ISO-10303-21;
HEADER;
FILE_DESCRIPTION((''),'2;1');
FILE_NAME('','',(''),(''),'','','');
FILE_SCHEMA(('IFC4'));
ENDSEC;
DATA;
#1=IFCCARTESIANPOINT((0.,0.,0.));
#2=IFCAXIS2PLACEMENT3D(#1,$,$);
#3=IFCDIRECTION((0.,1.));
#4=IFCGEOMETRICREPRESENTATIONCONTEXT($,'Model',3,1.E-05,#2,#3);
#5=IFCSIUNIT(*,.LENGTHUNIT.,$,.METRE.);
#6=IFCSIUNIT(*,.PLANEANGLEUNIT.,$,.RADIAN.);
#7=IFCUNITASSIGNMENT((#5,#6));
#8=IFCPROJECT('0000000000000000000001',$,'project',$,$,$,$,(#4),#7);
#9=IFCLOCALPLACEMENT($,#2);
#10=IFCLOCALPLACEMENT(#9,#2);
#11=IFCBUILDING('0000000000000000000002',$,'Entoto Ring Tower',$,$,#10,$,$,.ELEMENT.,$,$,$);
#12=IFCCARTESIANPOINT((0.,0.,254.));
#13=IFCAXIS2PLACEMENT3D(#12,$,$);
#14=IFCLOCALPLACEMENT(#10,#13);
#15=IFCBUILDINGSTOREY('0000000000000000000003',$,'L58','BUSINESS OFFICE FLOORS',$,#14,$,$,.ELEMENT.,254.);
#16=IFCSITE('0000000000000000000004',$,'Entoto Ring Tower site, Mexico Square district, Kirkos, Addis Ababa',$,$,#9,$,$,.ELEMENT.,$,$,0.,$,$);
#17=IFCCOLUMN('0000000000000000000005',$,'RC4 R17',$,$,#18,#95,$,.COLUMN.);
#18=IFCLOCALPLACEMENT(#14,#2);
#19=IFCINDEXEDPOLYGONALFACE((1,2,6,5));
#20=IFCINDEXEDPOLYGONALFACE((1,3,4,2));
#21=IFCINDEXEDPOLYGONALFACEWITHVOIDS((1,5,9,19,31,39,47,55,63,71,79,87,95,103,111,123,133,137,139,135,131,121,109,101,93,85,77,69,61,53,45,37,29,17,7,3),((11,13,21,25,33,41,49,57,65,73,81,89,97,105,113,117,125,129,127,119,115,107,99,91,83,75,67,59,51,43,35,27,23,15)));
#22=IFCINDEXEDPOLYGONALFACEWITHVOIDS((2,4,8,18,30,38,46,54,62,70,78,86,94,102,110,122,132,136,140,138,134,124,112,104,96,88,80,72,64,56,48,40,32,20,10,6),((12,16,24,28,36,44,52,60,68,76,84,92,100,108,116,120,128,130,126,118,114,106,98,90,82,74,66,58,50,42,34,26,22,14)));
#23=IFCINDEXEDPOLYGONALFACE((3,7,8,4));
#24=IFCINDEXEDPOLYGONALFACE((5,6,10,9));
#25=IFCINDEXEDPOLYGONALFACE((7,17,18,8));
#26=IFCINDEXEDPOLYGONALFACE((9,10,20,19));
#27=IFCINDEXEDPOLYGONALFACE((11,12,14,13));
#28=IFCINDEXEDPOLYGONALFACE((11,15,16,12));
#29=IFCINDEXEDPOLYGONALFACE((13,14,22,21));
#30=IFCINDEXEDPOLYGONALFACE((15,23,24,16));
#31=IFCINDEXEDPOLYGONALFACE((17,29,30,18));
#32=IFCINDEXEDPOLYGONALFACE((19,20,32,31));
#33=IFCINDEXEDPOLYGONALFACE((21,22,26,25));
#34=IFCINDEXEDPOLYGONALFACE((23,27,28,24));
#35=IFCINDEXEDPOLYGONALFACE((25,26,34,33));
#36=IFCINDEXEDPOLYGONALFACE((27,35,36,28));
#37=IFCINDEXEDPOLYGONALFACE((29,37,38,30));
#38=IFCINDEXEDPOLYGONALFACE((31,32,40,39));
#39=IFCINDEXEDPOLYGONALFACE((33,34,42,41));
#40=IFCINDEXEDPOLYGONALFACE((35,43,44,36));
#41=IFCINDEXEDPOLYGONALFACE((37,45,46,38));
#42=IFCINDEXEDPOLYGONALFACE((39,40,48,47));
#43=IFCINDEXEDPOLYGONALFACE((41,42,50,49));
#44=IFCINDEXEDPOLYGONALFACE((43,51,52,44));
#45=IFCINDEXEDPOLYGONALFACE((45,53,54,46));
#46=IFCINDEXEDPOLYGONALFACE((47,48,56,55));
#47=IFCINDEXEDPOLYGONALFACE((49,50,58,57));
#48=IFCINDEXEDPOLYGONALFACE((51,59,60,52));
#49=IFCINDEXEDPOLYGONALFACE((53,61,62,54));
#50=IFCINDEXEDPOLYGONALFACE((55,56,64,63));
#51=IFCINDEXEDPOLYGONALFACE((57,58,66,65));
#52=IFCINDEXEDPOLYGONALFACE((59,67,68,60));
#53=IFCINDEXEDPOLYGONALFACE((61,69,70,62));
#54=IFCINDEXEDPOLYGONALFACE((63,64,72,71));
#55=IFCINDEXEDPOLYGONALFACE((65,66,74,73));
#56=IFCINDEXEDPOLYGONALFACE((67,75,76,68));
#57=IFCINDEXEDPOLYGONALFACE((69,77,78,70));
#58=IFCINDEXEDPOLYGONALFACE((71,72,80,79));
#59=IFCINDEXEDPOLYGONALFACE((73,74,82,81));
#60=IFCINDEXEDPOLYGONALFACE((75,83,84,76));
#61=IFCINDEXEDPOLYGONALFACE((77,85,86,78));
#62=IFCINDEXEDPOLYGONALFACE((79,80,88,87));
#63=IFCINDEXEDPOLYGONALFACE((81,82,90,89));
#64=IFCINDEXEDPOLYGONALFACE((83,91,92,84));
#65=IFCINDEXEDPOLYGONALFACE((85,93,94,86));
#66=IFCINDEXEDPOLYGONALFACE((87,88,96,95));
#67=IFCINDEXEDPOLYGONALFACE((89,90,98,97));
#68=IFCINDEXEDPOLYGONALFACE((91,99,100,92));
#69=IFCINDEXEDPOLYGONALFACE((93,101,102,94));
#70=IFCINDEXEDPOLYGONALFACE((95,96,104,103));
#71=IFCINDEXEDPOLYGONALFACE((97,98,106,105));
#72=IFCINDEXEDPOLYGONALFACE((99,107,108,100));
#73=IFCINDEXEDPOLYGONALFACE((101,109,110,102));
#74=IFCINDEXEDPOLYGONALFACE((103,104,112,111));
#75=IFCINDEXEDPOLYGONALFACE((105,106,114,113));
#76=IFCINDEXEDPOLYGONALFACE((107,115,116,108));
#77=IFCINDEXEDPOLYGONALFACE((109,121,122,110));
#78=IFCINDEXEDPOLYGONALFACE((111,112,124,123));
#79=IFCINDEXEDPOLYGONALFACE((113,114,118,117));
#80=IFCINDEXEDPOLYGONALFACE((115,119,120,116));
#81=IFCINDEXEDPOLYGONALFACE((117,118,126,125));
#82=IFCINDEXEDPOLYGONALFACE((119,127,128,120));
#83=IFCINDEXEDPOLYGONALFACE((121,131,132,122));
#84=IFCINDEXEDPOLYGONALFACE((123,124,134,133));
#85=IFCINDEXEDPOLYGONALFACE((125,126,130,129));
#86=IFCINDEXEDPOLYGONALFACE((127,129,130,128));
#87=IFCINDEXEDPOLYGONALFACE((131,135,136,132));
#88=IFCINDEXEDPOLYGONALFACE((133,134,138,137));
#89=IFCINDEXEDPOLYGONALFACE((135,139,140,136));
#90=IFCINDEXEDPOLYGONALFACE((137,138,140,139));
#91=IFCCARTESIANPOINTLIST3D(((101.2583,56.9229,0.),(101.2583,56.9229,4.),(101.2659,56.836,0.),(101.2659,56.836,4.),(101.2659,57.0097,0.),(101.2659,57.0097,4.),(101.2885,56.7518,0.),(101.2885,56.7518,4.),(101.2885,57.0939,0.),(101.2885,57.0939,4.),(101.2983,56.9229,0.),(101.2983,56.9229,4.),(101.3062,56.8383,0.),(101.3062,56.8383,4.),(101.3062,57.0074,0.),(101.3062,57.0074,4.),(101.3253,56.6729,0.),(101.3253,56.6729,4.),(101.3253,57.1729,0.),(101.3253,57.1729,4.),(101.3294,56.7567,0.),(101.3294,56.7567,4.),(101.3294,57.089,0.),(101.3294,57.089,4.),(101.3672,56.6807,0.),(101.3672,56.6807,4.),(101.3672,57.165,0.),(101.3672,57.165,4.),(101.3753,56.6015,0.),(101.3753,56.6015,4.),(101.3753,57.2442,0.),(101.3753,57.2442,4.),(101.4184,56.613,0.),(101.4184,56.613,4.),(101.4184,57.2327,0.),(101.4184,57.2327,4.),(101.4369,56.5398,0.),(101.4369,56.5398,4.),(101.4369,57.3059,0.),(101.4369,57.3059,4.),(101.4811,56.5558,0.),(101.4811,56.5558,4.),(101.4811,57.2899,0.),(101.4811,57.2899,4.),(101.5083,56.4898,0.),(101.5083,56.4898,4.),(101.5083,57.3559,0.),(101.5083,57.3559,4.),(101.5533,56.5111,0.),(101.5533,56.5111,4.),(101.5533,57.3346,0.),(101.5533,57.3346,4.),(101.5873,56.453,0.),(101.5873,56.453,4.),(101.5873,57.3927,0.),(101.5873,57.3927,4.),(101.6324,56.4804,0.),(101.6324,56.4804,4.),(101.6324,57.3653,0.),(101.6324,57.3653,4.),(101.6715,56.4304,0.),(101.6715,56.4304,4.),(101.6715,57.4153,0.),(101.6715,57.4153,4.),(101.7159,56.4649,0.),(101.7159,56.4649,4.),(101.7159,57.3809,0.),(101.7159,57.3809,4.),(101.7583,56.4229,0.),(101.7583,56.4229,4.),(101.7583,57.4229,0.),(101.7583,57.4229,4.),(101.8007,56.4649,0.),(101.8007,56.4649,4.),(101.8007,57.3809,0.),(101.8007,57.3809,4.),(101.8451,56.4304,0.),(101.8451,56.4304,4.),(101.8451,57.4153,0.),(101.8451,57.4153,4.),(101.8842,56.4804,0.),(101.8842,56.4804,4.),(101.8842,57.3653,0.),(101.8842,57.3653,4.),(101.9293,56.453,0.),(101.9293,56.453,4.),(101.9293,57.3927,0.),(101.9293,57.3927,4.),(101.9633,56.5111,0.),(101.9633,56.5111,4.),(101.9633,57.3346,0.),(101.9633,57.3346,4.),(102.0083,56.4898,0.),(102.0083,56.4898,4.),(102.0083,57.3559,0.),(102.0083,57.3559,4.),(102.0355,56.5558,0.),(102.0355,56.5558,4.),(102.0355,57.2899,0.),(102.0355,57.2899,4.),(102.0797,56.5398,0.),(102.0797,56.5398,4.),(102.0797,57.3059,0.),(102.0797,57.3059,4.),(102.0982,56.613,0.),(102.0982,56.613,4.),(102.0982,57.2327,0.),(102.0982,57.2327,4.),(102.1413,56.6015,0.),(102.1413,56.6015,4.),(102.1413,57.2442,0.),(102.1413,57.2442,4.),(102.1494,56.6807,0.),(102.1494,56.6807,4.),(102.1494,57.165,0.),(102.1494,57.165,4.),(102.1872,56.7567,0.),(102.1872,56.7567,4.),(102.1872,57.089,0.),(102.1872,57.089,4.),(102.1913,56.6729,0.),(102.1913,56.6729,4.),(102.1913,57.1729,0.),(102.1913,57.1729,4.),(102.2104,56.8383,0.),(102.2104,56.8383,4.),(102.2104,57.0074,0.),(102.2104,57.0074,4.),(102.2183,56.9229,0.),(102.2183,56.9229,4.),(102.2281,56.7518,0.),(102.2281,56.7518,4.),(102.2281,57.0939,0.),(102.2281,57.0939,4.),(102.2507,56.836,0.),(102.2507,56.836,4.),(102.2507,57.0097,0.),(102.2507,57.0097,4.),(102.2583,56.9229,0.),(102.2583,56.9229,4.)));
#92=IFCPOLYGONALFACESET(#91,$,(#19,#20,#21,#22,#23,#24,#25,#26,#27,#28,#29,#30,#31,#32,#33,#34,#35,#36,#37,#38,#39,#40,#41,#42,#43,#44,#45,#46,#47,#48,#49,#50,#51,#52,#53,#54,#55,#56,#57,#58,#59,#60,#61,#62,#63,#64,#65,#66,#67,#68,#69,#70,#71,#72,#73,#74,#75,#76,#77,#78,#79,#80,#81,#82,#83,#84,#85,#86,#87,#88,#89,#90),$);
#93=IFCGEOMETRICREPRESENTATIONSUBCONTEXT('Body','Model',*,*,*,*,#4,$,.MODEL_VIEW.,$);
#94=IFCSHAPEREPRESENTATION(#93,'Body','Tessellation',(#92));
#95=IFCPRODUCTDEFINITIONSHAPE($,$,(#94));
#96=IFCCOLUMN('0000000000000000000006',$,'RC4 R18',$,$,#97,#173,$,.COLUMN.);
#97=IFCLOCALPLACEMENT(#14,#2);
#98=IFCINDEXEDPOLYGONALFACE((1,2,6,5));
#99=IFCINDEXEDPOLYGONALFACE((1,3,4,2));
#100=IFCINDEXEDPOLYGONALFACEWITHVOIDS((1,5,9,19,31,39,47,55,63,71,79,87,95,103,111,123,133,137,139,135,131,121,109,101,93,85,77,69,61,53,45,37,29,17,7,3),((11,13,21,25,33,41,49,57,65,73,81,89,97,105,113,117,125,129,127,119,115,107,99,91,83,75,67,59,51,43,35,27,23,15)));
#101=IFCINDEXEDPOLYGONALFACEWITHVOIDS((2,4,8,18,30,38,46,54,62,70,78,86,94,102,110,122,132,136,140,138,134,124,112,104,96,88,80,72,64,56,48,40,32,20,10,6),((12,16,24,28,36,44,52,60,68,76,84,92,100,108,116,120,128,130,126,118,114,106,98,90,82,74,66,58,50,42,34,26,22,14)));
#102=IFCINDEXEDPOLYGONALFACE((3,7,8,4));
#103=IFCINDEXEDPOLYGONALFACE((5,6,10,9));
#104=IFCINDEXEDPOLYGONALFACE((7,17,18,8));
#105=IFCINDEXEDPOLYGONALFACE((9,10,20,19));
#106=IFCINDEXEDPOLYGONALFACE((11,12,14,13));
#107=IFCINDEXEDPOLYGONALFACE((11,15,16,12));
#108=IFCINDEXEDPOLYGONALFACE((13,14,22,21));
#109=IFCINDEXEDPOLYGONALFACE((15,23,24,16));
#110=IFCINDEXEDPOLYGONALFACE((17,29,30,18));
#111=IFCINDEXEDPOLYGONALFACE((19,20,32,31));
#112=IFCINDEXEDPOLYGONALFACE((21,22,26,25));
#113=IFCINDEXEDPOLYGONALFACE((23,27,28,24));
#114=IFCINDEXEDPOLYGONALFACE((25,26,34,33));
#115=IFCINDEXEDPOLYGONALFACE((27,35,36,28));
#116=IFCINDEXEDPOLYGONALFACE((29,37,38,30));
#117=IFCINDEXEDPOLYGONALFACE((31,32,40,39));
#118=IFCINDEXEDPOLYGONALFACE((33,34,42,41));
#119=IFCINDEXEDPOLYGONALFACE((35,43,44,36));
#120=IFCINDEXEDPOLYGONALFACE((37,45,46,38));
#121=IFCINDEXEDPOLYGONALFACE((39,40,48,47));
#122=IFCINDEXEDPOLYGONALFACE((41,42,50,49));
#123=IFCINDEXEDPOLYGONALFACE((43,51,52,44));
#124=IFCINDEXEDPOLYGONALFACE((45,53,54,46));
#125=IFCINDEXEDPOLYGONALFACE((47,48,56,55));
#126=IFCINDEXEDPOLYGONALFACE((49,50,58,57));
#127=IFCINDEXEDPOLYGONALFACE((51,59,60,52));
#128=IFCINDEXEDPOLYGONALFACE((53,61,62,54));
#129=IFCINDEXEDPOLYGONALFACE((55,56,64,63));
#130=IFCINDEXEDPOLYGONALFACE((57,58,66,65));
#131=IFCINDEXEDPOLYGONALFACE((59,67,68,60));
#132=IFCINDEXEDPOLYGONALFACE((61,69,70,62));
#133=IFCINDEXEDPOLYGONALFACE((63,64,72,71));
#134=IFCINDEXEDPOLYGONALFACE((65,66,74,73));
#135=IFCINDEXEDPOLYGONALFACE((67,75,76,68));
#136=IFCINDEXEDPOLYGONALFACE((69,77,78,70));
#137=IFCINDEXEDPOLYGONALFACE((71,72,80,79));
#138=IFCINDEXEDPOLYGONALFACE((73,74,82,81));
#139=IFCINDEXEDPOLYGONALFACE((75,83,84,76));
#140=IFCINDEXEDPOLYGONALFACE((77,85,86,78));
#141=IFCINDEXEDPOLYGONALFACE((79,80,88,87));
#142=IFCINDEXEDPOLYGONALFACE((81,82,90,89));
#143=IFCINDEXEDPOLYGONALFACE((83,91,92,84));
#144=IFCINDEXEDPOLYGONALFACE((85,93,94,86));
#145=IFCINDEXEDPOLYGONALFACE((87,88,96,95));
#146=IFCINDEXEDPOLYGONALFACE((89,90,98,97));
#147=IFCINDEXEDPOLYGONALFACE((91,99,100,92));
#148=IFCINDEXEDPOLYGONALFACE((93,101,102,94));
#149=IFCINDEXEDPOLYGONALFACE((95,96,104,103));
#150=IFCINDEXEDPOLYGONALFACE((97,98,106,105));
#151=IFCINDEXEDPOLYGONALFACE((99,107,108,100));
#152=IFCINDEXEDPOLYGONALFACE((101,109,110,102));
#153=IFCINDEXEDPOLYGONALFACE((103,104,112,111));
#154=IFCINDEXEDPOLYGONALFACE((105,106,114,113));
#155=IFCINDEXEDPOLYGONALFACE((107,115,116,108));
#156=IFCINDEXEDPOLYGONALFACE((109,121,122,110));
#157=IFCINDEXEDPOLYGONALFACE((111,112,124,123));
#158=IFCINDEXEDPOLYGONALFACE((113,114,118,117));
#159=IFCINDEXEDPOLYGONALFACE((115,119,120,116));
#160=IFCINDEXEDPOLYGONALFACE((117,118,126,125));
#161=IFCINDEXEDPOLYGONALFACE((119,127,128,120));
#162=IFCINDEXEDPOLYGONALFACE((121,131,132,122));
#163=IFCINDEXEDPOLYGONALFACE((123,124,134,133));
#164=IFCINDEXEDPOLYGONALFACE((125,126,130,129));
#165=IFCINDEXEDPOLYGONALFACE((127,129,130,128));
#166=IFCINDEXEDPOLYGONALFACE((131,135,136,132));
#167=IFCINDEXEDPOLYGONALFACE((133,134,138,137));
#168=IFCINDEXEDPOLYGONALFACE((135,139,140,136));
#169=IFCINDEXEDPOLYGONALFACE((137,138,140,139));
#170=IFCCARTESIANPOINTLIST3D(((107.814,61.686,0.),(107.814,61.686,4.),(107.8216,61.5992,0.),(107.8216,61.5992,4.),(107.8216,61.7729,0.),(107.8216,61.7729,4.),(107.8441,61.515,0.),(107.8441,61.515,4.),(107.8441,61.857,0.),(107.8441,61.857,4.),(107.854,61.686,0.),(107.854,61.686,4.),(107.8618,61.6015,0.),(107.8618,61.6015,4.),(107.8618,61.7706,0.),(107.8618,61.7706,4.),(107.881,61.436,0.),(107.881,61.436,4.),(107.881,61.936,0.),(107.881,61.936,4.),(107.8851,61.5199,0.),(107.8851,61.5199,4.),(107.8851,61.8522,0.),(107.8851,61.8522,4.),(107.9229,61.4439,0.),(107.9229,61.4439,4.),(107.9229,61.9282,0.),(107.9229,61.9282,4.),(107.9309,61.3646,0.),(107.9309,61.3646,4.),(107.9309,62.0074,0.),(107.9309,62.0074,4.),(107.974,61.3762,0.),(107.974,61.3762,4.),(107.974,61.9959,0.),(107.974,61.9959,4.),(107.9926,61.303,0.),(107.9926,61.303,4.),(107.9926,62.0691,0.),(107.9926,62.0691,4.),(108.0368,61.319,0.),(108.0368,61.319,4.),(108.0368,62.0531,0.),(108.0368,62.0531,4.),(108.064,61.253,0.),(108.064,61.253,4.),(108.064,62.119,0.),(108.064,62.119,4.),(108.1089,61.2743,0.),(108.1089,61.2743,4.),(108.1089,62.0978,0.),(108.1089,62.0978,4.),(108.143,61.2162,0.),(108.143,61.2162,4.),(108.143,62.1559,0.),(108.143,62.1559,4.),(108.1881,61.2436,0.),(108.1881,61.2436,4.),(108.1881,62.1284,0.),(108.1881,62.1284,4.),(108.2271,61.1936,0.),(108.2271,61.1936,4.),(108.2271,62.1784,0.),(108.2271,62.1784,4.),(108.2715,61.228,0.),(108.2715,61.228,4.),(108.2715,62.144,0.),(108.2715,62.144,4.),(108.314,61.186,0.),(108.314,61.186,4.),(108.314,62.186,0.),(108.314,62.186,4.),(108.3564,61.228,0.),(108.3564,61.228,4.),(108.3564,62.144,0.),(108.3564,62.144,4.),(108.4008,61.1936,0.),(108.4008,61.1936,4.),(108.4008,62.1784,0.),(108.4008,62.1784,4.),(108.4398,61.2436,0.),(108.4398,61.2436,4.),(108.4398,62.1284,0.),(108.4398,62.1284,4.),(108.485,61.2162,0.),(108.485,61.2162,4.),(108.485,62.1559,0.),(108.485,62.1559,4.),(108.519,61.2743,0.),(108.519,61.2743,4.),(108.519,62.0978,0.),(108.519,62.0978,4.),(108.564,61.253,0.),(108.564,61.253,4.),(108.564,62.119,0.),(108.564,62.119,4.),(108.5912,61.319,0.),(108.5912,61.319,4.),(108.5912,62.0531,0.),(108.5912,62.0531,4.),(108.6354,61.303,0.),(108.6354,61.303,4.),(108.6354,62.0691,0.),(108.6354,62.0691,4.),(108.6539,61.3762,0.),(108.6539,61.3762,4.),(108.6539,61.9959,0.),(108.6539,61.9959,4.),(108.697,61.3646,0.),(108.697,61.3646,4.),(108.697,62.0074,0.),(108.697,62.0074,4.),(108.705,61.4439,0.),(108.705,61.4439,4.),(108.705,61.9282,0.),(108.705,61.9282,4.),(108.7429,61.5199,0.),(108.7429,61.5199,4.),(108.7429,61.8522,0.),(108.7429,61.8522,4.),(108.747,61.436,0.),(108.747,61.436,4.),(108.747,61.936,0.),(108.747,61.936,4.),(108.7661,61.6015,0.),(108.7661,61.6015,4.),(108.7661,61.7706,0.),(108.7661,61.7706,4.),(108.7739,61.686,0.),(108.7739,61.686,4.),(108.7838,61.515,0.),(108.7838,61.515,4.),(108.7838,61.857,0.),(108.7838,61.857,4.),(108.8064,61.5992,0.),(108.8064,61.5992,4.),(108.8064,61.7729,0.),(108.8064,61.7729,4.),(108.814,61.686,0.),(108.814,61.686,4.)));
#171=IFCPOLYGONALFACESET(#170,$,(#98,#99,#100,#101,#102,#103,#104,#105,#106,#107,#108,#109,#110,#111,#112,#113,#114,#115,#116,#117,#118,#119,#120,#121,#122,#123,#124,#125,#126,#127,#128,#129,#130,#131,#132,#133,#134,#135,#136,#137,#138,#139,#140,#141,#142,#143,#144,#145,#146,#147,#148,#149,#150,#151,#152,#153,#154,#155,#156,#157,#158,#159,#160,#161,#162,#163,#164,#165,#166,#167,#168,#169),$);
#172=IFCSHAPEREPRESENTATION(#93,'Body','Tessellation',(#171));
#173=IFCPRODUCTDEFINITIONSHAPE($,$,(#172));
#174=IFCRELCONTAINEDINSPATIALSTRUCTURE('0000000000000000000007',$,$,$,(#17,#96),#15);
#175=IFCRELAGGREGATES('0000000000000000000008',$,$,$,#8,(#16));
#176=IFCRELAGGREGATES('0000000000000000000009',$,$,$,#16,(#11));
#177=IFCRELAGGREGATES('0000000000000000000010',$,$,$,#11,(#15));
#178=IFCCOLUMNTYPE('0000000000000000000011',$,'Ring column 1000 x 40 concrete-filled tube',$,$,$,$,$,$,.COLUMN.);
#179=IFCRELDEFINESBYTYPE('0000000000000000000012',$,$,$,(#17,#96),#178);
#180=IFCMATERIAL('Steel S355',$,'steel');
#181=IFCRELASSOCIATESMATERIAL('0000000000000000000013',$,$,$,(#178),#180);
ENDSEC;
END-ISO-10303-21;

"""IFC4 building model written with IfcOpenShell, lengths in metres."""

from ifc_helpers import new_model, si_unit, direction, frame, origin, origin_2d, place, context, subcontext, project, spatial, circle, hollow_circle, extrude, material, material_profile, profile_set, type_object, element, save


model = new_model("IFC4")

# Units and contexts
model_context = context("Model", 3, precision=1e-05, world=origin(), true_north=direction((0.0, 1.0)))
body_context = subcontext(model_context, "Body", "Model", "MODEL_VIEW")
ifc_project = project(units=[si_unit("LENGTHUNIT", "METRE"), si_unit("PLANEANGLEUNIT", "RADIAN")], contexts=[model_context])

# Site, building, storey
site_placement = place(None, origin())
site = spatial("IfcSite", under=ifc_project, at=site_placement, Name="Entoto Ring Tower site, Mexico Square district, Kirkos, Addis Ababa", CompositionType="ELEMENT", RefElevation=0.0)
building_placement = place(site_placement, origin())
building = spatial("IfcBuilding", under=site, at=building_placement, Name="Entoto Ring Tower", CompositionType="ELEMENT")
storey_placement = place(building_placement, frame((0.0, 0.0, 254.0)))
storey = spatial("IfcBuildingStorey", under=building, at=storey_placement, Name="L58", Description="BUSINESS OFFICE FLOORS", CompositionType="ELEMENT", Elevation=254.0)

# Columns
ifc_material_1 = material(Name="Steel S355", Category="steel")
ifc_material_profile_1 = material_profile(ifc_material_1, hollow_circle(Radius=0.5, WallThickness=0.04, at=origin_2d()), Name="CHS 1000 x 40")
ifc_material_2 = material(Name="Concrete C60/75", Category="concrete")
ifc_material_profile_2 = material_profile(ifc_material_2, circle(Radius=0.46, at=origin_2d()), Name="Concrete C60/75 infill")
ifc_profile_set_1 = profile_set([ifc_material_profile_1, ifc_material_profile_2], Name="Steel S355")
column_type = type_object("IfcColumnType", Name="Ring column 1000 x 40 concrete-filled tube", PredefinedType="COLUMN", material=ifc_profile_set_1)
for number, where, z_axis, x_axis, name in (
    (1, (101.7583, 56.9229, 0.0), (0.0, 0.0, 1.0), (1.0, 0.0, 0.0), "RC4 R17"),
    (2, (108.314, 61.686, 0.0), (0.0, 0.0, 1.0), (1.0, 0.0, 0.0), "RC4 R18"),
):
    element("IfcColumn", number, at=place(storey_placement, frame(where, z_axis=z_axis, x_axis=x_axis)), inside=storey, type_object=column_type, Name=name, PredefinedType="COLUMN", context=body_context, shape_type="SweptSolid", body=[
        extrude(hollow_circle(Radius=0.5, WallThickness=0.04, at=origin_2d()), origin(), (0.0, 0.0, 1.0), 4.0),
    ])

save(model, "model.ifc")
